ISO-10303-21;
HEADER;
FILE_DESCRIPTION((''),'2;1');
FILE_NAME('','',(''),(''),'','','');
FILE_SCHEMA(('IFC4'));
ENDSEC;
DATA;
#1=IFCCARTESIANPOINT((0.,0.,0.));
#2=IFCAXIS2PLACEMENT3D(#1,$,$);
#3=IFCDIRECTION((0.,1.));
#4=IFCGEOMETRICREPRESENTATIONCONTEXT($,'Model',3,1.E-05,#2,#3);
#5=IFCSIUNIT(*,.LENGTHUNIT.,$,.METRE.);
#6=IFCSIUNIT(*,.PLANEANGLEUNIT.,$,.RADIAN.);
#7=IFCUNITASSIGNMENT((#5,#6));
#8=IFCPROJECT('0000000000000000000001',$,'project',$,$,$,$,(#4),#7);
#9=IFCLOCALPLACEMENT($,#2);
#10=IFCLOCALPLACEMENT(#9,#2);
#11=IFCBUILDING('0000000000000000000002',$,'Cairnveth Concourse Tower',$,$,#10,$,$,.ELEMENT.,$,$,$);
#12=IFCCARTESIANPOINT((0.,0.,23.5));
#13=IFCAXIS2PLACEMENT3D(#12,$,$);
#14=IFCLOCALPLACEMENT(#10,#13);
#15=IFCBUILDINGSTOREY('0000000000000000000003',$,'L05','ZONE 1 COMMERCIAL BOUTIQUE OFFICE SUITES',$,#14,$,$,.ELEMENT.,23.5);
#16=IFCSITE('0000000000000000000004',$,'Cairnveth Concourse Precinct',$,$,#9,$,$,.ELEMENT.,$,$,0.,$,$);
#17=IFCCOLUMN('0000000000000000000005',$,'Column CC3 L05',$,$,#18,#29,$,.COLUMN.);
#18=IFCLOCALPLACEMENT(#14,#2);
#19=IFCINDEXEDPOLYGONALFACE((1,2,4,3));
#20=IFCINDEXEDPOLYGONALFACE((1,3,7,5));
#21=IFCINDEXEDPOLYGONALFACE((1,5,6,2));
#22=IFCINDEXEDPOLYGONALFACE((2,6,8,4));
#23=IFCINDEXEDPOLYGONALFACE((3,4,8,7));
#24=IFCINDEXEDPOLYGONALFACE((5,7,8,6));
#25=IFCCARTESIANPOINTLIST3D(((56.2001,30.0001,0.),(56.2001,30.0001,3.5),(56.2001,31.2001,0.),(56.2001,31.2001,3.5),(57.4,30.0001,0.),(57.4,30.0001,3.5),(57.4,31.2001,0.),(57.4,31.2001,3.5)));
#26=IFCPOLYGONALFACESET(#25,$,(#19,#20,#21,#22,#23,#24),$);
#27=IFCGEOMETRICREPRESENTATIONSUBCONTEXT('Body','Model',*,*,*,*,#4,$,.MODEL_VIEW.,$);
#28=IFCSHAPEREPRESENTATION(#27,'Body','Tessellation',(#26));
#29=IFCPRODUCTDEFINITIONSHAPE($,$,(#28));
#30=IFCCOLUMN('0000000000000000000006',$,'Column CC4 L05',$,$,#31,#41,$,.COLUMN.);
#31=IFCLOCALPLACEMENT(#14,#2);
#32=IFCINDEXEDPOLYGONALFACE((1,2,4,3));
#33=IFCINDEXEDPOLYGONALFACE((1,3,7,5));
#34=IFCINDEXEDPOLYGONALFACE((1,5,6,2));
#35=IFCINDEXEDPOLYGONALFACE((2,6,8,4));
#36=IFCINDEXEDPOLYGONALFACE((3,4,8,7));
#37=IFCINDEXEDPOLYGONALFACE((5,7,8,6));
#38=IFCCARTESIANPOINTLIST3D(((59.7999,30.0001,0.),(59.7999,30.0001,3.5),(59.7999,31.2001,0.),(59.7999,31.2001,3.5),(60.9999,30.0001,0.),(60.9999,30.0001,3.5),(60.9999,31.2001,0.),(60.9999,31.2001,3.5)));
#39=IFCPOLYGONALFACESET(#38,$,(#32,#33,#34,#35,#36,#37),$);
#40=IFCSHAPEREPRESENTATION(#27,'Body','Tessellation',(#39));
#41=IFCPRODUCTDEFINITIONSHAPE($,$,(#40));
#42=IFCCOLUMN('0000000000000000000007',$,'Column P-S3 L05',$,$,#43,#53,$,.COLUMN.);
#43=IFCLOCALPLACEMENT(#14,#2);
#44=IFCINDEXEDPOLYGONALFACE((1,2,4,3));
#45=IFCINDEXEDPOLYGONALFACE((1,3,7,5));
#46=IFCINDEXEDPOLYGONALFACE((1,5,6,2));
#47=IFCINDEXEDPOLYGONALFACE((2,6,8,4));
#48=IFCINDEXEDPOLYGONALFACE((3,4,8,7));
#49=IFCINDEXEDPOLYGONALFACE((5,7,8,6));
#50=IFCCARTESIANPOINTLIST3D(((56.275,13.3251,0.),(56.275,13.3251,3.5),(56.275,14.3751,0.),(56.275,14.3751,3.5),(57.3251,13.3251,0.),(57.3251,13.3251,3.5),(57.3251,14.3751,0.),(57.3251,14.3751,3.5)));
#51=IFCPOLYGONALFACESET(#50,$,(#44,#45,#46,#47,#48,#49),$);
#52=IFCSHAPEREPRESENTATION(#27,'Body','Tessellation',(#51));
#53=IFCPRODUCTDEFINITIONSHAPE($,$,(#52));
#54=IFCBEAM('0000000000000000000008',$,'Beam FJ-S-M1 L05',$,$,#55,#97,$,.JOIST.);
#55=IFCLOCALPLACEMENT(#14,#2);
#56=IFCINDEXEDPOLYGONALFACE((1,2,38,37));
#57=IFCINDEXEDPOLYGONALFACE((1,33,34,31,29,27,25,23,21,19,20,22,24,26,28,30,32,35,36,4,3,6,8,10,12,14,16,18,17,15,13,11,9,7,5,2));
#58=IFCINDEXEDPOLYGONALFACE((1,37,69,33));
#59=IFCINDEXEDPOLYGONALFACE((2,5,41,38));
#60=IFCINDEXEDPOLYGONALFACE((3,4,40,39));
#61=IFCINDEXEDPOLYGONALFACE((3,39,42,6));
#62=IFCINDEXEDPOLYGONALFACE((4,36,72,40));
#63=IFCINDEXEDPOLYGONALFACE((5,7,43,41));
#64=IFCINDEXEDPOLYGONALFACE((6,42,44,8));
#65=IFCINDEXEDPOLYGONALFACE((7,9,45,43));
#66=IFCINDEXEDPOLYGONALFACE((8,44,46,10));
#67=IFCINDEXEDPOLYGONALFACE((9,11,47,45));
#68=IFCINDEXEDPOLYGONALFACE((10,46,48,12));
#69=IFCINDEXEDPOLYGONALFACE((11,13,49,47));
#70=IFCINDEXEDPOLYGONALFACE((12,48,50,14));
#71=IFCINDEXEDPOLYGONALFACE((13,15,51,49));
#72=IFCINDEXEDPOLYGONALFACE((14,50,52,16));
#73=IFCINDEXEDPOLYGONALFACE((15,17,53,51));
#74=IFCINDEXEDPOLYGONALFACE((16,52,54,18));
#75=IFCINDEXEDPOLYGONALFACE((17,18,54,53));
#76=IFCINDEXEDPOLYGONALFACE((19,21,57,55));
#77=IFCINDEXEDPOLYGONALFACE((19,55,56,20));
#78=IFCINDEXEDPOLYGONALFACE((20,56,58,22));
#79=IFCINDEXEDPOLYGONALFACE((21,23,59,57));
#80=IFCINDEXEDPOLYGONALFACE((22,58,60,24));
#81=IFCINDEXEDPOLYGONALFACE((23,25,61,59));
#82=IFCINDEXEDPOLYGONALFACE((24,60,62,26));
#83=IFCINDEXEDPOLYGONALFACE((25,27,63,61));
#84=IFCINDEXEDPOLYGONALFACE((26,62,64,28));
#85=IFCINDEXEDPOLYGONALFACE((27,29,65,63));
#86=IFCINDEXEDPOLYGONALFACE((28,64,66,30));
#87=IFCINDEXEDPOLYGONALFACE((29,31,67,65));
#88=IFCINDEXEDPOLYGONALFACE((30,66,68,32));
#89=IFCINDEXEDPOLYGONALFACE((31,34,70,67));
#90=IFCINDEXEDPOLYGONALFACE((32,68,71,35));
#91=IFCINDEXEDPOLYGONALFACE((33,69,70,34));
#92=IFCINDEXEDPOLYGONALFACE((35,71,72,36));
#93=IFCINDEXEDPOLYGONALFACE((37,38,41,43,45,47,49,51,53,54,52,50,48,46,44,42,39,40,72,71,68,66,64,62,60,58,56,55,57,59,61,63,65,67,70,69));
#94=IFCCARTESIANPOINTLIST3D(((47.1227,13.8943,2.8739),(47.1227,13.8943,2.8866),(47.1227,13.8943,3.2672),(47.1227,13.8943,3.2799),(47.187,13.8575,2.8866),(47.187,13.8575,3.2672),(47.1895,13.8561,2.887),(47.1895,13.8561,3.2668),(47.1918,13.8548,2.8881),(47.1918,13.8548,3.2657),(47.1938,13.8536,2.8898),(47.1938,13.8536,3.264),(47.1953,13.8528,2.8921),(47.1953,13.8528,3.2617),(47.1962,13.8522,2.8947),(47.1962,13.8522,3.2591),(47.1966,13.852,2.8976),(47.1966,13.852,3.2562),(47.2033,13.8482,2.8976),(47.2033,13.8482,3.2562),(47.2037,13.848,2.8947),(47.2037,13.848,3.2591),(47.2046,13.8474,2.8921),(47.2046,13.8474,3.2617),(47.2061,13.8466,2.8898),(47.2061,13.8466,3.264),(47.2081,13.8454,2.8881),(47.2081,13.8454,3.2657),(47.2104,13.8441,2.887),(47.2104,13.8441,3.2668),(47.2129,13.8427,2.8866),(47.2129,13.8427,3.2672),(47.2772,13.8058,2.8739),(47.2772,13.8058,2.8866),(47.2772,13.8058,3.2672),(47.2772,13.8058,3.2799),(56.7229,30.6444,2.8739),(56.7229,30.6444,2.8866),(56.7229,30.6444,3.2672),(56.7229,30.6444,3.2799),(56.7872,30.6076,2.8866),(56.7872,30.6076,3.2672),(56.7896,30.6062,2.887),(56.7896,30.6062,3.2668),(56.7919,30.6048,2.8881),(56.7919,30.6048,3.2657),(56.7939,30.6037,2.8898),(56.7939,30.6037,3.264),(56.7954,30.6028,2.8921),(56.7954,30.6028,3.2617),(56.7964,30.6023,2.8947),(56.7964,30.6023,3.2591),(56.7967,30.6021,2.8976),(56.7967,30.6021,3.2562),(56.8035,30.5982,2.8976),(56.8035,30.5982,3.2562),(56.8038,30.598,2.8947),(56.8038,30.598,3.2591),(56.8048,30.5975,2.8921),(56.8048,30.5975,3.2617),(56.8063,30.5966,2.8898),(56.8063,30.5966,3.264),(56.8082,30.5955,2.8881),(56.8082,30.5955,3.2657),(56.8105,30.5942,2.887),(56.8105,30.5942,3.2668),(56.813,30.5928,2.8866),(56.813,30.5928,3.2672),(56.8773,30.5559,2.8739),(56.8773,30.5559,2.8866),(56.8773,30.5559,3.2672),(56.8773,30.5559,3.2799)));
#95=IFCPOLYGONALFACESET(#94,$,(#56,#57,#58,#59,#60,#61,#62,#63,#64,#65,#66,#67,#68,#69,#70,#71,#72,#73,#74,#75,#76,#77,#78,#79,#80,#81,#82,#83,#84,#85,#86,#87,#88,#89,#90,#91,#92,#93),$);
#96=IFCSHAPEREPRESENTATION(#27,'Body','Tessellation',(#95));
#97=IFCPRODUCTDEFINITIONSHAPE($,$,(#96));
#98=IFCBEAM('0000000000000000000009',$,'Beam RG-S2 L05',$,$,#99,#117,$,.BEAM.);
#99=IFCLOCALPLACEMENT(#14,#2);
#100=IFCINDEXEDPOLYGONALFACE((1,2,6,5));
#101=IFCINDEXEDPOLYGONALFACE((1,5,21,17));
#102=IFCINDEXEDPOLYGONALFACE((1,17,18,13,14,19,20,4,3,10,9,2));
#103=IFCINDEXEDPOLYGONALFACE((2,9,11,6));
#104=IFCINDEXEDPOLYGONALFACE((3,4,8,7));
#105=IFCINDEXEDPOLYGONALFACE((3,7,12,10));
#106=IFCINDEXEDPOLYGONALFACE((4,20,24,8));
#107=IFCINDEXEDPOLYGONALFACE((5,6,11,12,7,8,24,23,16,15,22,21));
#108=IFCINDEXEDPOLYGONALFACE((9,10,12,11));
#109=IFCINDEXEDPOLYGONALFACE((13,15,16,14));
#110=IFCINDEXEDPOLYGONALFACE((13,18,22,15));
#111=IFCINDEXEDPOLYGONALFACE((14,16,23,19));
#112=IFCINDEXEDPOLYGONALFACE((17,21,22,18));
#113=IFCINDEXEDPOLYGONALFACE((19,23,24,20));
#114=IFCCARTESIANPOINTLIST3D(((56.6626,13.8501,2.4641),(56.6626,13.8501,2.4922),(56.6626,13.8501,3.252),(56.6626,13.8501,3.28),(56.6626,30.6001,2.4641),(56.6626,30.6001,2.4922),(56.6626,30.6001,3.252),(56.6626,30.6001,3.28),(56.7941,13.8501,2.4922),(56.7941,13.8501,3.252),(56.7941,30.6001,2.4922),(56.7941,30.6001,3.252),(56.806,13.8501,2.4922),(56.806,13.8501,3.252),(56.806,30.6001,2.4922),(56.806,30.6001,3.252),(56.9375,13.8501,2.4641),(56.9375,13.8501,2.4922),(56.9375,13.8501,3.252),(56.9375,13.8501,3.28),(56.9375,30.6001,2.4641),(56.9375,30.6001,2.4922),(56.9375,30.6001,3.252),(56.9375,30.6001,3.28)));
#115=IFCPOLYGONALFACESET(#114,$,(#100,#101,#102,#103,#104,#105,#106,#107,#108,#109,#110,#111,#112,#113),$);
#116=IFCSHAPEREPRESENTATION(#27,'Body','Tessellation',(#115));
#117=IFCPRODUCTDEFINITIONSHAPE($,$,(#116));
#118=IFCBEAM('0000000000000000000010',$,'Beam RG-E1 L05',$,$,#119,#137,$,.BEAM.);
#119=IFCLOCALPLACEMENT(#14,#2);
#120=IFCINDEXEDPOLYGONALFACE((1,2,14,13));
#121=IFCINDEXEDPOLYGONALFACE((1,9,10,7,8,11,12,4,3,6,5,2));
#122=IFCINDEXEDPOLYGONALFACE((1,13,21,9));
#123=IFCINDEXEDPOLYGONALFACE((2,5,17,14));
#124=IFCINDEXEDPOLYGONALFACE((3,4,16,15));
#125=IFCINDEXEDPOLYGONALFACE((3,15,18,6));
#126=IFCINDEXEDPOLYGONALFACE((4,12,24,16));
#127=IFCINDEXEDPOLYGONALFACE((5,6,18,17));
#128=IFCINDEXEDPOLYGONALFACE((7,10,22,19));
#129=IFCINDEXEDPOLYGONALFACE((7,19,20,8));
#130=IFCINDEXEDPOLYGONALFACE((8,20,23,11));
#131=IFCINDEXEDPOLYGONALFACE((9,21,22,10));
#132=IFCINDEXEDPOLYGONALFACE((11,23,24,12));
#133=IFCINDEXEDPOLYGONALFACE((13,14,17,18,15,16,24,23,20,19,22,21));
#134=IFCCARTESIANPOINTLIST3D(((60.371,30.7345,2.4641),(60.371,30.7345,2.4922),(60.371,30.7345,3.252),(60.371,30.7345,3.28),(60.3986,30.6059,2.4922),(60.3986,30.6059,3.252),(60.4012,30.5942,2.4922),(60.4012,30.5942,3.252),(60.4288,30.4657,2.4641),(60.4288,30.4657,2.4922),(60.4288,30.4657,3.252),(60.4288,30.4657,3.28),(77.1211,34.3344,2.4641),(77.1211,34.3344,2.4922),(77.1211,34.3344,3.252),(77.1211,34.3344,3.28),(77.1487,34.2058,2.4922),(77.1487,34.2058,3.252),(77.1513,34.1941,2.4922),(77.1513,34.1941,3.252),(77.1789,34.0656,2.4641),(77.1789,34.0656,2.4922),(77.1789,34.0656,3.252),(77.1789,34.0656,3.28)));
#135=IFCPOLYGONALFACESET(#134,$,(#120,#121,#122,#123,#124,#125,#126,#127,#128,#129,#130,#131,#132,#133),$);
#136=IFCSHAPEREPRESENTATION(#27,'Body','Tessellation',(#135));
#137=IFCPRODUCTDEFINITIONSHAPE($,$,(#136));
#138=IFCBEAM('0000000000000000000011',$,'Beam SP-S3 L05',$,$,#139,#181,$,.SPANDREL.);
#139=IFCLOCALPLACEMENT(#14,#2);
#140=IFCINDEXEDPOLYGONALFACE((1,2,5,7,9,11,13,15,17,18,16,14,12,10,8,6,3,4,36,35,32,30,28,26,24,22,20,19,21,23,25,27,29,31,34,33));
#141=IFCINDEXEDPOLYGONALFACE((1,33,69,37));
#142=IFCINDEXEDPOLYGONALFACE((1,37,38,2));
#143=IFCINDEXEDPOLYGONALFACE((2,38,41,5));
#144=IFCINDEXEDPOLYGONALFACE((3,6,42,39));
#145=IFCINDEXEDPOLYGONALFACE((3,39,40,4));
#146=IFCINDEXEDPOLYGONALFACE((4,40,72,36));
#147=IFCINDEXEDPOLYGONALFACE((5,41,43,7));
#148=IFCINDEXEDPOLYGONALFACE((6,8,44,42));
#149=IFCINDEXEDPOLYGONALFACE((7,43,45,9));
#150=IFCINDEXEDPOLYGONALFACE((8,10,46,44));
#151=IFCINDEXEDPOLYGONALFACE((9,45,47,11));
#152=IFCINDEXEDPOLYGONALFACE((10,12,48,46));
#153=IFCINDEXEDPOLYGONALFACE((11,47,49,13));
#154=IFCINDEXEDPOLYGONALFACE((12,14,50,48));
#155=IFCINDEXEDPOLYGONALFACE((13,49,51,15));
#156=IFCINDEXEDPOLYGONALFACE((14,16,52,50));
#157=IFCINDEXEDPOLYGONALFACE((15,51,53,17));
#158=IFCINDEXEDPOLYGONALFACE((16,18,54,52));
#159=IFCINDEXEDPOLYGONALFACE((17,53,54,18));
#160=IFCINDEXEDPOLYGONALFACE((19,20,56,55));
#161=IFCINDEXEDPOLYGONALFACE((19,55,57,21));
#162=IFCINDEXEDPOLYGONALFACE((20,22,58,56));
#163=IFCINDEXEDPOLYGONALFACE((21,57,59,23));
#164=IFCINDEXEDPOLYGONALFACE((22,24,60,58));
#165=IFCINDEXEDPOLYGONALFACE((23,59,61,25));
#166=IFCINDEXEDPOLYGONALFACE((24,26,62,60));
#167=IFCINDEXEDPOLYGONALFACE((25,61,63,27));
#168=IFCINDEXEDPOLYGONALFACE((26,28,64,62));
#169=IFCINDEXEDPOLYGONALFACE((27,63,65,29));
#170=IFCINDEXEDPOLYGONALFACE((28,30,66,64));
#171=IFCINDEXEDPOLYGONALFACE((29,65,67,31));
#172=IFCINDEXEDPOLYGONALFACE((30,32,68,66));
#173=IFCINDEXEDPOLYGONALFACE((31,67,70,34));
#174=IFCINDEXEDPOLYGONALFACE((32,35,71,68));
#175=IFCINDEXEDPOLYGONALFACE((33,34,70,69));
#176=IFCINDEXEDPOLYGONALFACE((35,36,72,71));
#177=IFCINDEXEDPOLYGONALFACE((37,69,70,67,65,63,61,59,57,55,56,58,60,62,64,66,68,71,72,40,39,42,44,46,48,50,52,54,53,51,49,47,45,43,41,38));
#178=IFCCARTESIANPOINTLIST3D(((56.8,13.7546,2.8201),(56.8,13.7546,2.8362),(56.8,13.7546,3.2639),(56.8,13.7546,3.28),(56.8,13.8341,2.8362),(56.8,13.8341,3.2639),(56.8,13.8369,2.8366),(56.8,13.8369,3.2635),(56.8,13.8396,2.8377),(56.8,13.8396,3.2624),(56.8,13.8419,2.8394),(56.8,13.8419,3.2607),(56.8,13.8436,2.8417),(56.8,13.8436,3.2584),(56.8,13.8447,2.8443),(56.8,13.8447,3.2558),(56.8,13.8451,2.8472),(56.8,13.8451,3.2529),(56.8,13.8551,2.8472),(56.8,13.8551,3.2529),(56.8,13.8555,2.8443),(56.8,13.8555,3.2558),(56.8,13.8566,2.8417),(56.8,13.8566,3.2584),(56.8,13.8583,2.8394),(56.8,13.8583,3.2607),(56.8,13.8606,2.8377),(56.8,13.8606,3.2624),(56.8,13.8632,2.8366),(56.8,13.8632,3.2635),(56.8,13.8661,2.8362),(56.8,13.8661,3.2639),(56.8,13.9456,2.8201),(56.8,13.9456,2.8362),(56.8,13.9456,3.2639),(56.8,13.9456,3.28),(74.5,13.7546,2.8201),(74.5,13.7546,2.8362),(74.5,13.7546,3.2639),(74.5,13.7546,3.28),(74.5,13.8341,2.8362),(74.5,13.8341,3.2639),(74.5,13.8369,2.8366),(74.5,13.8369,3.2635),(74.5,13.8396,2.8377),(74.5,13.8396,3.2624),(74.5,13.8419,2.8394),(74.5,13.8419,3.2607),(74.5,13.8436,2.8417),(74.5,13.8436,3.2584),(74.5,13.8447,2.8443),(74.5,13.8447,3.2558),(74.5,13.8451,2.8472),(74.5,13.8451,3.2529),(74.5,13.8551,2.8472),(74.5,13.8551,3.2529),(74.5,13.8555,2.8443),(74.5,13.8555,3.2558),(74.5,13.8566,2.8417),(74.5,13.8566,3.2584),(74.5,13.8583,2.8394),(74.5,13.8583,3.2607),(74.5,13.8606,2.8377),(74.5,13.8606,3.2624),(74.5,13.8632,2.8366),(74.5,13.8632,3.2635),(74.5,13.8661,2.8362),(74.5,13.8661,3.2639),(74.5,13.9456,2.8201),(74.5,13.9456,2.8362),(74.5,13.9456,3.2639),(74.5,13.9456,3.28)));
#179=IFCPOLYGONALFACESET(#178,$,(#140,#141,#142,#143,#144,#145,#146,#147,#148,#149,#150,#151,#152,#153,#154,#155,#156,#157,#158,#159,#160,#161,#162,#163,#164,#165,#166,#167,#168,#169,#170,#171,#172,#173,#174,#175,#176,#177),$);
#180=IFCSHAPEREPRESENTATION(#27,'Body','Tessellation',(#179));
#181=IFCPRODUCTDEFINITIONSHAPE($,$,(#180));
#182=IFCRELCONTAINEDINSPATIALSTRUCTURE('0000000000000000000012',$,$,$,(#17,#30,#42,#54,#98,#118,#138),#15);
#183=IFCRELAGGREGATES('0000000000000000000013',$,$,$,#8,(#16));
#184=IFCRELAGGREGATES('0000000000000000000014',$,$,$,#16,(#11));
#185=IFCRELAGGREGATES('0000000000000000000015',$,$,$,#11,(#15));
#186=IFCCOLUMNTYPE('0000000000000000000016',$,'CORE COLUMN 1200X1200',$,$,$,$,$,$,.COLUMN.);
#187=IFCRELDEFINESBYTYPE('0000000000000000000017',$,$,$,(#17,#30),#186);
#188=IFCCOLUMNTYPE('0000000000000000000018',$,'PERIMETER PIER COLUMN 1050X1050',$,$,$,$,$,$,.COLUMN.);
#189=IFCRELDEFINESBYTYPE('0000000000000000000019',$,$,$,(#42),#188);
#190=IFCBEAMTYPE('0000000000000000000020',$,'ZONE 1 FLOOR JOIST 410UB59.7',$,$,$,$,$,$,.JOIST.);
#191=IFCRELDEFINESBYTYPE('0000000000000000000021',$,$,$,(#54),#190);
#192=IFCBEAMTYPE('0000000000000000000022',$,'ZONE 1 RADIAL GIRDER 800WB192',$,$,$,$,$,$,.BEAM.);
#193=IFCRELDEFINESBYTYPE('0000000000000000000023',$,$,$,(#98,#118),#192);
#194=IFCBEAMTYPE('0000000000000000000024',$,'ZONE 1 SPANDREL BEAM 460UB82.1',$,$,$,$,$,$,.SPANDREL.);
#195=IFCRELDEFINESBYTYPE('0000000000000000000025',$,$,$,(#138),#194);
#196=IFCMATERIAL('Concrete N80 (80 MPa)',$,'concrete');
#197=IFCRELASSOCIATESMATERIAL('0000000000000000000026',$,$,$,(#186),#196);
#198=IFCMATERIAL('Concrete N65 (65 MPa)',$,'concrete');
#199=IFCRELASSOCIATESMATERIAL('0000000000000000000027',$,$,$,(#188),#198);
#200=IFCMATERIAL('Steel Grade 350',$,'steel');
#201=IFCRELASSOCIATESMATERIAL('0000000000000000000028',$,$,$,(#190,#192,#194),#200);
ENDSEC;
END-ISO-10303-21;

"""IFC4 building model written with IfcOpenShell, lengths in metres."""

from ifc_helpers import new_model, si_unit, direction, frame, origin, origin_2d, place, context, subcontext, project, spatial, rectangle, i_section, extrude, material, material_profile, profile_set, type_object, element, save


model = new_model("IFC4")

# Units and contexts
model_context = context("Model", 3, precision=1e-05, world=origin(), true_north=direction((0.0, 1.0)))
body_context = subcontext(model_context, "Body", "Model", "MODEL_VIEW")
ifc_project = project(units=[si_unit("LENGTHUNIT", "METRE"), si_unit("PLANEANGLEUNIT", "RADIAN")], contexts=[model_context])

# Site, building, storey
site_placement = place(None, origin())
site = spatial("IfcSite", under=ifc_project, at=site_placement, Name="Cairnveth Concourse Precinct", CompositionType="ELEMENT", RefElevation=0.0)
building_placement = place(site_placement, origin())
building = spatial("IfcBuilding", under=site, at=building_placement, Name="Cairnveth Concourse Tower", CompositionType="ELEMENT")
storey_placement = place(building_placement, frame((0.0, 0.0, 23.5)))
storey = spatial("IfcBuildingStorey", under=building, at=storey_placement, Name="L05", Description="ZONE 1 COMMERCIAL BOUTIQUE OFFICE SUITES", CompositionType="ELEMENT", Elevation=23.5)

# Columns
ifc_material_1 = material(Name="Concrete N80 (80 MPa)", Category="concrete")
ifc_material_profile_1 = material_profile(ifc_material_1, rectangle(XDim=1.2, YDim=1.2, at=origin_2d()), Name="RC-COL-1200x1200")
ifc_profile_set_1 = profile_set([ifc_material_profile_1], Name="Concrete N80 (80 MPa)")
column_type_1 = type_object("IfcColumnType", Name="CORE COLUMN 1200X1200", PredefinedType="COLUMN", material=ifc_profile_set_1)
for number, where, z_axis, x_axis, name in (
    (1, (56.8, 30.6001, 0.0), (0.0, 0.0, 1.0), (1.0, 0.0, 0.0), "Column CC3 L05"),
    (2, (60.3999, 30.6001, 0.0), (0.0, 0.0, 1.0), (1.0, 0.0, 0.0), "Column CC4 L05"),
):
    element("IfcColumn", number, at=place(storey_placement, frame(where, z_axis=z_axis, x_axis=x_axis)), inside=storey, type_object=column_type_1, Name=name, PredefinedType="COLUMN", context=body_context, shape_type="SweptSolid", body=[
        extrude(rectangle(XDim=1.2, YDim=1.2, at=origin_2d()), origin(), (0.0, 0.0, 1.0), 3.5),
    ])
ifc_material_2 = material(Name="Concrete N65 (65 MPa)", Category="concrete")
ifc_material_profile_2 = material_profile(ifc_material_2, rectangle(XDim=1.05, YDim=1.05, at=origin_2d()), Name="RC-COL-1050x1050")
ifc_profile_set_2 = profile_set([ifc_material_profile_2], Name="Concrete N65 (65 MPa)")
column_type_2 = type_object("IfcColumnType", Name="PERIMETER PIER COLUMN 1050X1050", PredefinedType="COLUMN", material=ifc_profile_set_2)
column_placement = place(storey_placement, frame((56.8, 13.8501, 0.0), z_axis=(0.0, 0.0, 1.0), x_axis=(1.0, 0.0, 0.0)))
element("IfcColumn", 3, at=column_placement, inside=storey, type_object=column_type_2, Name="Column P-S3 L05", PredefinedType="COLUMN", context=body_context, shape_type="SweptSolid", body=[
    extrude(rectangle(XDim=1.05, YDim=1.05, at=origin_2d()), origin(), (0.0, 0.0, 1.0), 3.5),
])

# Beams
ifc_material_3 = material(Name="Steel Grade 350", Category="steel")
ifc_material_profile_3 = material_profile(ifc_material_3, i_section(OverallWidth=0.178, OverallDepth=0.406, WebThickness=0.0078, FlangeThickness=0.0127, FilletRadius=0.011, at=origin_2d()), Name="410UB59.7")
ifc_profile_set_3 = profile_set([ifc_material_profile_3], Name="Steel Grade 350")
beam_type_1 = type_object("IfcBeamType", Name="ZONE 1 FLOOR JOIST 410UB59.7", PredefinedType="JOIST", material=ifc_profile_set_3)
beam_1_placement = place(storey_placement, frame((47.2, 13.8501, 3.0769), z_axis=(0.497258, 0.867603, 0.0), x_axis=(-0.867603, 0.497258, 0.0)))
element("IfcBeam", 4, at=beam_1_placement, inside=storey, type_object=beam_type_1, Name="Beam FJ-S-M1 L05", PredefinedType="JOIST", context=body_context, shape_type="SweptSolid", body=[
    extrude(i_section(OverallWidth=0.178, OverallDepth=0.406, WebThickness=0.0078, FlangeThickness=0.0127, FilletRadius=0.011, at=origin_2d()), origin(), (0.0, 0.0, 1.0), 19.3062),
])
ifc_material_profile_4 = material_profile(ifc_material_3, i_section(OverallWidth=0.2749, OverallDepth=0.8159, WebThickness=0.012, FlangeThickness=0.0281, at=origin_2d()), Name="800WB192")
ifc_profile_set_4 = profile_set([ifc_material_profile_4], Name="Steel Grade 350")
beam_type_2 = type_object("IfcBeamType", Name="ZONE 1 RADIAL GIRDER 800WB192", PredefinedType="BEAM", material=ifc_profile_set_4)
beam_2_placement = place(storey_placement, frame((56.8, 13.8501, 2.8721), z_axis=(0.0, 1.0, 0.0), x_axis=(-1.0, 0.0, 0.0)))
element("IfcBeam", 5, at=beam_2_placement, inside=storey, type_object=beam_type_2, Name="Beam RG-S2 L05", PredefinedType="BEAM", context=body_context, shape_type="SweptSolid", body=[
    extrude(i_section(OverallWidth=0.2749, OverallDepth=0.8159, WebThickness=0.012, FlangeThickness=0.0281, at=origin_2d()), origin(), (0.0, 0.0, 1.0), 16.75),
])
beam_3_placement = place(storey_placement, frame((60.3999, 30.6001, 2.8721), z_axis=(0.977676, 0.210119, 0.0), x_axis=(-0.210119, 0.977676, 0.0)))
element("IfcBeam", 6, at=beam_3_placement, inside=storey, type_object=beam_type_2, Name="Beam RG-E1 L05", PredefinedType="BEAM", context=body_context, shape_type="SweptSolid", body=[
    extrude(i_section(OverallWidth=0.2749, OverallDepth=0.8159, WebThickness=0.012, FlangeThickness=0.0281, at=origin_2d()), origin(), (0.0, 0.0, 1.0), 17.1326),
])
ifc_material_profile_5 = material_profile(ifc_material_3, i_section(OverallWidth=0.1909, OverallDepth=0.46, WebThickness=0.01, FlangeThickness=0.0161, FilletRadius=0.011, at=origin_2d()), Name="460UB82.1")
ifc_profile_set_5 = profile_set([ifc_material_profile_5], Name="Steel Grade 350")
beam_type_3 = type_object("IfcBeamType", Name="ZONE 1 SPANDREL BEAM 460UB82.1", PredefinedType="SPANDREL", material=ifc_profile_set_5)
beam_4_placement = place(storey_placement, frame((56.8, 13.8501, 3.05), z_axis=(1.0, 0.0, 0.0), x_axis=(0.0, 1.0, 0.0)))
element("IfcBeam", 7, at=beam_4_placement, inside=storey, type_object=beam_type_3, Name="Beam SP-S3 L05", PredefinedType="SPANDREL", context=body_context, shape_type="SweptSolid", body=[
    extrude(i_section(OverallWidth=0.1909, OverallDepth=0.46, WebThickness=0.01, FlangeThickness=0.0161, FilletRadius=0.011, at=origin_2d()), origin(), (0.0, 0.0, 1.0), 17.7),
])

save(model, "model.ifc")
